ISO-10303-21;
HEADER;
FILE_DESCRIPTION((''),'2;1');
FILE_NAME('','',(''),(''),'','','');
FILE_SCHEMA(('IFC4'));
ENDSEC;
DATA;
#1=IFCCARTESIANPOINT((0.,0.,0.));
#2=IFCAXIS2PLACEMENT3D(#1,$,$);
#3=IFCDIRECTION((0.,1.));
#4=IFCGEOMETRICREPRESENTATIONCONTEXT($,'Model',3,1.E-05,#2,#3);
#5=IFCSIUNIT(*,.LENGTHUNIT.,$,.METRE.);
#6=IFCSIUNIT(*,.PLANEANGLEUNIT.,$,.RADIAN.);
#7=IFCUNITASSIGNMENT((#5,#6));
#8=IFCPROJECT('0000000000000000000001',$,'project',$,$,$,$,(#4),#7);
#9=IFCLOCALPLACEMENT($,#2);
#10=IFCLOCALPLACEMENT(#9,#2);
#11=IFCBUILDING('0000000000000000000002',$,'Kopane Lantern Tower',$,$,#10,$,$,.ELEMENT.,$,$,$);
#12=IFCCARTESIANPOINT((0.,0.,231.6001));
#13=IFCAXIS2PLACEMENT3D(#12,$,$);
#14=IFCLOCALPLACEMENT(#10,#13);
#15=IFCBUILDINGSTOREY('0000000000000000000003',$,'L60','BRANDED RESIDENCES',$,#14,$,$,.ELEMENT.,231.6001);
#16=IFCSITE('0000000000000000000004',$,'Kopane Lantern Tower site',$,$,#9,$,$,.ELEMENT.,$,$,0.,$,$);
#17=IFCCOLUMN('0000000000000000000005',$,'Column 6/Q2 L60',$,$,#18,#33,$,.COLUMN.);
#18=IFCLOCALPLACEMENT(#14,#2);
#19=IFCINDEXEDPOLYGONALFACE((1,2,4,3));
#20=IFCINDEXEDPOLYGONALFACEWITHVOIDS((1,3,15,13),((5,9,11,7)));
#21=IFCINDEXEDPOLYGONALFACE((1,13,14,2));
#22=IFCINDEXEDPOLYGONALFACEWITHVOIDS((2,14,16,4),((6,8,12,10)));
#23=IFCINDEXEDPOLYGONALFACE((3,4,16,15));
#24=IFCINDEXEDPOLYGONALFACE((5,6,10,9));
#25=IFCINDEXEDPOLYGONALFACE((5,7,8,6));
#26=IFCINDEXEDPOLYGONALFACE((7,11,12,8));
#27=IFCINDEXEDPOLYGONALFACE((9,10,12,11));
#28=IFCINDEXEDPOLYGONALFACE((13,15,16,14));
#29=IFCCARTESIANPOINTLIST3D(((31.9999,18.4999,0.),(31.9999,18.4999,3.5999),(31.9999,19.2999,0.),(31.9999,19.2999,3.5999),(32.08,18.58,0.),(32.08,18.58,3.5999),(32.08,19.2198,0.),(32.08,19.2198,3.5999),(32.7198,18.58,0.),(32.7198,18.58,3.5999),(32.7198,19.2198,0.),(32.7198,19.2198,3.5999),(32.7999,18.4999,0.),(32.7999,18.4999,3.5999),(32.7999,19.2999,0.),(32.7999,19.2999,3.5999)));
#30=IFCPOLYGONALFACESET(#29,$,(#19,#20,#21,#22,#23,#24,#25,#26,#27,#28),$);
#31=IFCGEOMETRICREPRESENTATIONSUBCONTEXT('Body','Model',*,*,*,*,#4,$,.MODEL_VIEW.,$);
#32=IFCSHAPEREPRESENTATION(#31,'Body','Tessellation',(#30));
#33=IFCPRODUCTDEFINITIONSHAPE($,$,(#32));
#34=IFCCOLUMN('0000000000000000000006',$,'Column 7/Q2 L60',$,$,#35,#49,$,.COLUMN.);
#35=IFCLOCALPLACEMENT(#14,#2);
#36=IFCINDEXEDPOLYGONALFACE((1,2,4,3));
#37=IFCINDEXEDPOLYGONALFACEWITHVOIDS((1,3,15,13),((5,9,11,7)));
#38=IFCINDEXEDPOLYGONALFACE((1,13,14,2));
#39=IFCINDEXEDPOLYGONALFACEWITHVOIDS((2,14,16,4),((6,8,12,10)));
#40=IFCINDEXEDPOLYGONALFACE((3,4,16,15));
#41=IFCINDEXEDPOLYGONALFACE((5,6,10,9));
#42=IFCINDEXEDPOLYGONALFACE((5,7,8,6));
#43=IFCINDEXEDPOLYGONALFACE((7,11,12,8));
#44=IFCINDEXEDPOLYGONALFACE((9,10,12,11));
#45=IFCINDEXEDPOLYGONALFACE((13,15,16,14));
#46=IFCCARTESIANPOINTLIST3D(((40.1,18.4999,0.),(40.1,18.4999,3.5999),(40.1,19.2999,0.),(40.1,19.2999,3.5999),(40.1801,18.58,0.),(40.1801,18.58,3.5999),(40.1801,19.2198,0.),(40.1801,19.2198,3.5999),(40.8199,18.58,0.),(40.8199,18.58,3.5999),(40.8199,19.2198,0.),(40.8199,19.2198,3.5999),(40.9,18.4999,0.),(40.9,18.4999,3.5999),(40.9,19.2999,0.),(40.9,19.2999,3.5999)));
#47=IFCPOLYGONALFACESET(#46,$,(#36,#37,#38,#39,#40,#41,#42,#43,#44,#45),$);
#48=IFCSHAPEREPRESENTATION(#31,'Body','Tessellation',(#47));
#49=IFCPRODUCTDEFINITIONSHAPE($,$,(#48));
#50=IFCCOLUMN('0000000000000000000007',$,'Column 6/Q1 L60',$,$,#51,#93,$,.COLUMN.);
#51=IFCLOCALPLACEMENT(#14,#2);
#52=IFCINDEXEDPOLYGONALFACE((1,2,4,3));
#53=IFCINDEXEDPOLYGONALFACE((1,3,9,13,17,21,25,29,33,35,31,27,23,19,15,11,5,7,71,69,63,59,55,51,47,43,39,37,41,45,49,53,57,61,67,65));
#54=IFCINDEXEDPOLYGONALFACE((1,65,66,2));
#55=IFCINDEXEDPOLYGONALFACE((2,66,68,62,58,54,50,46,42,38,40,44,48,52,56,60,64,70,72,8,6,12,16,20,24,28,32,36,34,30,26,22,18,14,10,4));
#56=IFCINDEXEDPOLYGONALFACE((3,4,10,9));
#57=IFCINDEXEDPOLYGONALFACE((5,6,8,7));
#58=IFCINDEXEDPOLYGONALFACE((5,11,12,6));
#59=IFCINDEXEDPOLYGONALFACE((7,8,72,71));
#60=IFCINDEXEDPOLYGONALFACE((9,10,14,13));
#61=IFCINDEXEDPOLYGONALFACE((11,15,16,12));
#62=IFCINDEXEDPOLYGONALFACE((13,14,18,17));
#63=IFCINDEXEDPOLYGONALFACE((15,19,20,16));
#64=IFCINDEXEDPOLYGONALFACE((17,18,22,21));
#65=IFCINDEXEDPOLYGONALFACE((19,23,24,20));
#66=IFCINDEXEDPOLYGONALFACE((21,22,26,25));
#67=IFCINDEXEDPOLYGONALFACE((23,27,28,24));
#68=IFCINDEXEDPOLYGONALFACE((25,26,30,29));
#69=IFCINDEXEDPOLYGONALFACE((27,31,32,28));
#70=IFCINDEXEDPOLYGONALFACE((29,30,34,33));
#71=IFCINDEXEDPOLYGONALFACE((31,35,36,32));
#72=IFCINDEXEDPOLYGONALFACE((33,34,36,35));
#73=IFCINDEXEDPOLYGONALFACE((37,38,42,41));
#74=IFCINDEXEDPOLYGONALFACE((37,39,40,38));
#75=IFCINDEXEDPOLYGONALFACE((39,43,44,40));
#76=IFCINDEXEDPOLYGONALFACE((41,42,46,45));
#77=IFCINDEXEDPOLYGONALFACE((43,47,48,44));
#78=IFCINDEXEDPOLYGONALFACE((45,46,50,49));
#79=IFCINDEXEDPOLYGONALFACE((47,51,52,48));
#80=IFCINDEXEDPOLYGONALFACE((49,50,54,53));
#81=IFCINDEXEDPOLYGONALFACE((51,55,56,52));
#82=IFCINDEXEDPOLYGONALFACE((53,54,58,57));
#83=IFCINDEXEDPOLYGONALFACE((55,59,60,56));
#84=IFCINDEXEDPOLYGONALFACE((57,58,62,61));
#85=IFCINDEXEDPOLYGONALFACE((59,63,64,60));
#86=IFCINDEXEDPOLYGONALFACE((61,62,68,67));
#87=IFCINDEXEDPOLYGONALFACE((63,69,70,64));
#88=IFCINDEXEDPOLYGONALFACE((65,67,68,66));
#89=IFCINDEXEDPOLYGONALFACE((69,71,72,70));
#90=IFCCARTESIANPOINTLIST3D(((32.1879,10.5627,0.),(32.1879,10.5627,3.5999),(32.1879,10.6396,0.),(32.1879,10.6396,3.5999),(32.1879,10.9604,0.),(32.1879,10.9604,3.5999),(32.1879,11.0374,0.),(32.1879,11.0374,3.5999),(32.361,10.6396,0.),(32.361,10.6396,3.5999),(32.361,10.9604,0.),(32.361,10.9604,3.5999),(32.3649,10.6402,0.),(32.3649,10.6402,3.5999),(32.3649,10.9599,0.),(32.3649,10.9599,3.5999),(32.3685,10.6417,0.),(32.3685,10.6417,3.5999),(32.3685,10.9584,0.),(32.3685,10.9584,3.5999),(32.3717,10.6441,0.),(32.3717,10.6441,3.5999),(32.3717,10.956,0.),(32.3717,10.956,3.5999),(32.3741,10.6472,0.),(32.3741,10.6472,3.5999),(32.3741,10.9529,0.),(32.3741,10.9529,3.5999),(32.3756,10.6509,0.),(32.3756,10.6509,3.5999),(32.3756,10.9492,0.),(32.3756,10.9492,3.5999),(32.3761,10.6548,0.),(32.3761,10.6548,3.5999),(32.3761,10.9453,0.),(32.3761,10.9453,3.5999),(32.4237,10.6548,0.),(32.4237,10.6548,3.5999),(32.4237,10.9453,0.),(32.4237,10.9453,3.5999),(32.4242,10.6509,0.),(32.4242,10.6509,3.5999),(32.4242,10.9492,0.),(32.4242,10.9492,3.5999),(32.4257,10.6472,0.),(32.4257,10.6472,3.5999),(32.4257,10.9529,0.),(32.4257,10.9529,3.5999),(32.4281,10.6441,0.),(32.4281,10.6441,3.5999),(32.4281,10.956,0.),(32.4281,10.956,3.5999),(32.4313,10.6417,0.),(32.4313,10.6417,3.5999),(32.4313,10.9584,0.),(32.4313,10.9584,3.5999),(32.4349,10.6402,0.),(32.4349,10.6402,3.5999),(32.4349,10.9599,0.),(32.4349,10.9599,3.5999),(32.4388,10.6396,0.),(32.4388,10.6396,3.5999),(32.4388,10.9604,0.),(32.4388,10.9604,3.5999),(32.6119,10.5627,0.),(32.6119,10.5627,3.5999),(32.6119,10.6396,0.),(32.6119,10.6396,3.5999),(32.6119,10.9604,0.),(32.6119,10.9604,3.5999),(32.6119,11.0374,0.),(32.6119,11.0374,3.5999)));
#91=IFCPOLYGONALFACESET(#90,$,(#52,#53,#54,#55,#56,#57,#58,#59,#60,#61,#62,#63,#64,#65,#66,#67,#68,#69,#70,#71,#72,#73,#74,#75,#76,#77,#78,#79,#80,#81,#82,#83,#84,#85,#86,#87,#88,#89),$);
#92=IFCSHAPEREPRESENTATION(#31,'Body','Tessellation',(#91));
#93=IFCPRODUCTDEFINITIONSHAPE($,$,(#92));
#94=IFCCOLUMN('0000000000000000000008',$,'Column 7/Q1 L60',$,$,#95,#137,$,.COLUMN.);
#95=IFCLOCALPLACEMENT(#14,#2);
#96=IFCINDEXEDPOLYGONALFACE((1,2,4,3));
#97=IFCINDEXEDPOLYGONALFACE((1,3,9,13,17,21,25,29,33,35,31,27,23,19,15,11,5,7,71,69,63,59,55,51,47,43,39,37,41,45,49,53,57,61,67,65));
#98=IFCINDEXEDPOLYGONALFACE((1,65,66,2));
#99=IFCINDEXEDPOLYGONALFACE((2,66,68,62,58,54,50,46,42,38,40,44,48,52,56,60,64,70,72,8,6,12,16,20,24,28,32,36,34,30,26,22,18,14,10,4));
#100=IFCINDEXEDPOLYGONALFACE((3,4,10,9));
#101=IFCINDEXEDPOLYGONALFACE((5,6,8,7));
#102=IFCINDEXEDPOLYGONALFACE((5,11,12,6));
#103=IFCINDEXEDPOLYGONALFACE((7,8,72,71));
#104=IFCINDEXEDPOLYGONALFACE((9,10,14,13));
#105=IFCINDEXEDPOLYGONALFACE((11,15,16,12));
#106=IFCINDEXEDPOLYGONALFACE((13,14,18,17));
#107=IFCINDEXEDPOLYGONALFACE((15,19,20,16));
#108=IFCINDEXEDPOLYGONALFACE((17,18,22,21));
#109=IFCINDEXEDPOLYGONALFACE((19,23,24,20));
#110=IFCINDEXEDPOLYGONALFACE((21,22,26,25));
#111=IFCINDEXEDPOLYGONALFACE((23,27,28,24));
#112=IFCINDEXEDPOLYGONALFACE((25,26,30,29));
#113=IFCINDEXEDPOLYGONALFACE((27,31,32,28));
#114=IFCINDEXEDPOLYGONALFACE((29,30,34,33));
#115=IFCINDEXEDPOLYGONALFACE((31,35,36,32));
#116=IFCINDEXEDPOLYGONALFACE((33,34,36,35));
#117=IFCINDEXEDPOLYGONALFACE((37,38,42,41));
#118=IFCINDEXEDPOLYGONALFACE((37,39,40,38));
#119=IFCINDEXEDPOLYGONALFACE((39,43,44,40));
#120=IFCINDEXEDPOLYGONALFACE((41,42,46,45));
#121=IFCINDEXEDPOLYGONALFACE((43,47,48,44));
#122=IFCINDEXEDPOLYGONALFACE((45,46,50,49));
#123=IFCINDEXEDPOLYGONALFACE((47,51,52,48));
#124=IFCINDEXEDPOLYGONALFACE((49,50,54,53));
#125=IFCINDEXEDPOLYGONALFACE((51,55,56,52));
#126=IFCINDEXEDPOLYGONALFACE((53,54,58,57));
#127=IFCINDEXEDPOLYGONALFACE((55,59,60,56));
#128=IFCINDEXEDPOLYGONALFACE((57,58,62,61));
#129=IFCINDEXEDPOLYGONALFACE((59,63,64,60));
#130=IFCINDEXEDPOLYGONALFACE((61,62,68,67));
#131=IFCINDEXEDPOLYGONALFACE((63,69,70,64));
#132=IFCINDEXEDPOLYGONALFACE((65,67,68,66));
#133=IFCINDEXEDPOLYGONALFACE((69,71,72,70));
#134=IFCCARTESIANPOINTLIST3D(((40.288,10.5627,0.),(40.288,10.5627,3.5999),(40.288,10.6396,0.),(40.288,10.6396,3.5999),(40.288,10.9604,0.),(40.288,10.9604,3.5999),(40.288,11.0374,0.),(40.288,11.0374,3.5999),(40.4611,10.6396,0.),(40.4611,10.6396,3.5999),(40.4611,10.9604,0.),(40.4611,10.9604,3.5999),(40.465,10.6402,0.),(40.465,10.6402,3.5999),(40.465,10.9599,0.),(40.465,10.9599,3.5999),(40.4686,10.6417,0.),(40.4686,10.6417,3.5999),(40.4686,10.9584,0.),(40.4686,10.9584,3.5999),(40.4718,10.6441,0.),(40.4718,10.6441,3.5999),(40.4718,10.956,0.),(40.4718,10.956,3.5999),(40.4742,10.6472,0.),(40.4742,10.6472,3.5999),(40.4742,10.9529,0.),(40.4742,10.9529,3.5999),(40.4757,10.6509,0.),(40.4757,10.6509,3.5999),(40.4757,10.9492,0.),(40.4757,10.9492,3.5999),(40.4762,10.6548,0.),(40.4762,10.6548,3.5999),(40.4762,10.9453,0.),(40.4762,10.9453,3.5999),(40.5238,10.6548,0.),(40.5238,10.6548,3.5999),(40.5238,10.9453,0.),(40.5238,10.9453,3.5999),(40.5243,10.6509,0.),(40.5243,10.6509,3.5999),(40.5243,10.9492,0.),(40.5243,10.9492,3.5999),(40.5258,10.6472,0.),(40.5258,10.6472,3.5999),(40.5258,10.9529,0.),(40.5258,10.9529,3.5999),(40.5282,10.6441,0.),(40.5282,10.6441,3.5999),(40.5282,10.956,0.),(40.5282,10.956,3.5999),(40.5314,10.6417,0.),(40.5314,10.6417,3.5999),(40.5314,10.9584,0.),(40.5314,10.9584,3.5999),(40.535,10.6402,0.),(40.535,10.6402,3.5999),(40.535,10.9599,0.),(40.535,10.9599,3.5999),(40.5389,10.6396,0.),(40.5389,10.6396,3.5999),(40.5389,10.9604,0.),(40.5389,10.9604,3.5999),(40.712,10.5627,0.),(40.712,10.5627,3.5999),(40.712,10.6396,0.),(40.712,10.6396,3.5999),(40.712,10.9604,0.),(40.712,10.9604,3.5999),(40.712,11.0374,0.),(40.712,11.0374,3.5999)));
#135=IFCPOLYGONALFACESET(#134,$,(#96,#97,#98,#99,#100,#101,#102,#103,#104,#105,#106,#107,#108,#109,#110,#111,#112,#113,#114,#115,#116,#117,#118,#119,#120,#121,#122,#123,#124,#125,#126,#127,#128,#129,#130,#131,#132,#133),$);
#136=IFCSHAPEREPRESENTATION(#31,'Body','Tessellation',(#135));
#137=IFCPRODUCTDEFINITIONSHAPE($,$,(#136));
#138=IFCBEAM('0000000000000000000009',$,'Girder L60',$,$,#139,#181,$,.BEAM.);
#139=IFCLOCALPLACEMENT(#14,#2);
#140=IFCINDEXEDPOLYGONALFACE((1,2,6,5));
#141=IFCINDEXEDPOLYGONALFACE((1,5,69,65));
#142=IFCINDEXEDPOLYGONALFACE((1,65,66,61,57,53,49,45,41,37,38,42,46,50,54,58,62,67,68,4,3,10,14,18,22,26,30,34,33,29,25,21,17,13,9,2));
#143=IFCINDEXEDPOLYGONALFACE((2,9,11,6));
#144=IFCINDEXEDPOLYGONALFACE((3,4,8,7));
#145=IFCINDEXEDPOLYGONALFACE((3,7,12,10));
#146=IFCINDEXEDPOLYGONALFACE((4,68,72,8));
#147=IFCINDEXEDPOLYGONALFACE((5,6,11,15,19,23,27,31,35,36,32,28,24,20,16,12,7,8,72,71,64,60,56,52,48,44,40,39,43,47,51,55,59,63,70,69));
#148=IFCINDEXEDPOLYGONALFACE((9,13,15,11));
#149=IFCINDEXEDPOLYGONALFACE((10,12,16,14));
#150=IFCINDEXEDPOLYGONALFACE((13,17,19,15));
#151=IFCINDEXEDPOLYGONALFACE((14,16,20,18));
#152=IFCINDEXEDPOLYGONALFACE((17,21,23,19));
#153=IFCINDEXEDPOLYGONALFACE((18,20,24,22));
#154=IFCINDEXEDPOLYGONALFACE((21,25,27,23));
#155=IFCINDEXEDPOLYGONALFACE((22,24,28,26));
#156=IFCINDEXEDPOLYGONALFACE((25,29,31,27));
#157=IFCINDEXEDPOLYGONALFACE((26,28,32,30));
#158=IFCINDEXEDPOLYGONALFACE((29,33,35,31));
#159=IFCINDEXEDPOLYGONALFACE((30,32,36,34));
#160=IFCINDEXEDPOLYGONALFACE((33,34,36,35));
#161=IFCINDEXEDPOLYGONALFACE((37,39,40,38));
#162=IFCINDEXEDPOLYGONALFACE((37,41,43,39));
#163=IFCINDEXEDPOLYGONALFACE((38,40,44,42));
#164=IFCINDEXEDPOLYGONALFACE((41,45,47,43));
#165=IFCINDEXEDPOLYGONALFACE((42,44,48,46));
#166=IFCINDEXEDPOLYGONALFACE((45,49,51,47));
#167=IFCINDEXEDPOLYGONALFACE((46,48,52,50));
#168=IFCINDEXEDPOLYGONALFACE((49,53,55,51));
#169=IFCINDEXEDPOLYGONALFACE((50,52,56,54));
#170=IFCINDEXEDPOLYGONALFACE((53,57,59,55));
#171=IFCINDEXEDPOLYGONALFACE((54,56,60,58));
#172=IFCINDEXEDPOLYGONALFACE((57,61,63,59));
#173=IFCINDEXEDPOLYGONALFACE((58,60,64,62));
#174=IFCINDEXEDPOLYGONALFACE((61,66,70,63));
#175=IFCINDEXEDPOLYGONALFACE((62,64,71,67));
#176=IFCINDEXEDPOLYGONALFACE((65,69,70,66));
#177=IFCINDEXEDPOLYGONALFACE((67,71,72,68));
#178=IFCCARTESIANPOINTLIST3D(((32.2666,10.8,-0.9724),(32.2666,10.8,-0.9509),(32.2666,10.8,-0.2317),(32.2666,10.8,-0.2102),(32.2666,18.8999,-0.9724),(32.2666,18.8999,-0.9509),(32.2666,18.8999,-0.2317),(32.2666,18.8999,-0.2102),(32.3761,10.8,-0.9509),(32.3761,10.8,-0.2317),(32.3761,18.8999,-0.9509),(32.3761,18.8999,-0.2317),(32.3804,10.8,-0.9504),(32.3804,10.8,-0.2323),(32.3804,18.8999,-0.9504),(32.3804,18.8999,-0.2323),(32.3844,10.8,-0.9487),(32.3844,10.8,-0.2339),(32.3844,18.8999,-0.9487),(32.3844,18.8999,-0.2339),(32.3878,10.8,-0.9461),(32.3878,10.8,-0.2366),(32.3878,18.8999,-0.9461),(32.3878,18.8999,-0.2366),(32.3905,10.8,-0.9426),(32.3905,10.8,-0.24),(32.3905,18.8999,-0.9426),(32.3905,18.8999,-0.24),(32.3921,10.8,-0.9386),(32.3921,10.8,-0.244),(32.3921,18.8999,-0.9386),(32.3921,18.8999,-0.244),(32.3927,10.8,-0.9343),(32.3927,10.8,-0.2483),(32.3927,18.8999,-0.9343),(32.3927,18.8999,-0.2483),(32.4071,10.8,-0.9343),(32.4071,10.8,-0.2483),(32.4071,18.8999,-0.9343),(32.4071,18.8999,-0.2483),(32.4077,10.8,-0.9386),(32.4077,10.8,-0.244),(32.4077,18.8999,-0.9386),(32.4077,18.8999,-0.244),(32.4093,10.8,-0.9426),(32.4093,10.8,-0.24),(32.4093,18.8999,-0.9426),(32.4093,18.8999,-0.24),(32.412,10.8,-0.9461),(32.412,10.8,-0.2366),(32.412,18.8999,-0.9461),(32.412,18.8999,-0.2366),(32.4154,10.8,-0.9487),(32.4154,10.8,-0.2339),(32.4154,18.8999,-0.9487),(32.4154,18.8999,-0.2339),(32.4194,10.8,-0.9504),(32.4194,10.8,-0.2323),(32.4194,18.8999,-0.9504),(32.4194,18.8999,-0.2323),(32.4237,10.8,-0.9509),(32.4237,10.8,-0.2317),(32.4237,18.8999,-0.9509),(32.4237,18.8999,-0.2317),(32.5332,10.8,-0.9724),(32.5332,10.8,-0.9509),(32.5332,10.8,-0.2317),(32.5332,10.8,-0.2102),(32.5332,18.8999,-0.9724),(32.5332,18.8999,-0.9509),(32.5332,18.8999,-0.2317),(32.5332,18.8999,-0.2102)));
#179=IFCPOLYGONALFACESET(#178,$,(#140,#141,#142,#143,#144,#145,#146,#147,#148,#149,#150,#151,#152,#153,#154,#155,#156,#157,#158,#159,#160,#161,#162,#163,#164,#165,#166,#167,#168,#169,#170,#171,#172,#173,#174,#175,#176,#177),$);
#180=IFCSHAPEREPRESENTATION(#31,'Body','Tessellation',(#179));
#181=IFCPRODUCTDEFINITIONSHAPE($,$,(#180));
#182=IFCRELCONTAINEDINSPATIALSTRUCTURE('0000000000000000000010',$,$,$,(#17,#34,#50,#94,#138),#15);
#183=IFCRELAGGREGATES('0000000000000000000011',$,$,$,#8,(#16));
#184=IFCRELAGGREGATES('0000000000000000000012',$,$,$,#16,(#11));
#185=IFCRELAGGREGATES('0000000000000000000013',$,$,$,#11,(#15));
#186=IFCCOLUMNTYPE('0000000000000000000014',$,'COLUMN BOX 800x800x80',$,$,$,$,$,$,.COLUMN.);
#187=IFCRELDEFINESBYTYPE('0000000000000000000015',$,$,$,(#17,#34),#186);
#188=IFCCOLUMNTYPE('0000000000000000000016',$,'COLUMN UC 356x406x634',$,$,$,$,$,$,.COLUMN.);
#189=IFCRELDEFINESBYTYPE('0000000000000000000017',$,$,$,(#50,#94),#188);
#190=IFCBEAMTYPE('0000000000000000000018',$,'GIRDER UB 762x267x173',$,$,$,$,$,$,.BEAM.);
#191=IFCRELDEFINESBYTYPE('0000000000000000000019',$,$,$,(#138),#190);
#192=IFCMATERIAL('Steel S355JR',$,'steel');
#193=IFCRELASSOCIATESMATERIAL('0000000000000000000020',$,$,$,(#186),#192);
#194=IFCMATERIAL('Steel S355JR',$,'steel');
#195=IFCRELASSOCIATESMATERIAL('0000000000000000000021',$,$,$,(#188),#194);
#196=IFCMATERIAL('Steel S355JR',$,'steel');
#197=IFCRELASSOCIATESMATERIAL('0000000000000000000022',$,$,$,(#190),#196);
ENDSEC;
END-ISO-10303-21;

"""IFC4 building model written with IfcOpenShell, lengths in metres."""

from ifc_helpers import new_model, si_unit, direction, frame, origin, origin_2d, place, context, subcontext, project, spatial, hollow_rectangle, i_section, extrude, material, material_profile, profile_set, type_object, element, save


model = new_model("IFC4")

# Units and contexts
model_context = context("Model", 3, precision=1e-05, world=origin(), true_north=direction((0.0, 1.0)))
body_context = subcontext(model_context, "Body", "Model", "MODEL_VIEW")
ifc_project = project(units=[si_unit("LENGTHUNIT", "METRE"), si_unit("PLANEANGLEUNIT", "RADIAN")], contexts=[model_context])

# Site, building, storey
site_placement = place(None, origin())
site = spatial("IfcSite", under=ifc_project, at=site_placement, Name="Kopane Lantern Tower site", CompositionType="ELEMENT", RefElevation=0.0)
building_placement = place(site_placement, origin())
building = spatial("IfcBuilding", under=site, at=building_placement, Name="Kopane Lantern Tower", CompositionType="ELEMENT")
storey_placement = place(building_placement, frame((0.0, 0.0, 231.6001)))
storey = spatial("IfcBuildingStorey", under=building, at=storey_placement, Name="L60", Description="BRANDED RESIDENCES", CompositionType="ELEMENT", Elevation=231.6001)

# Columns
ifc_material_1 = material(Name="Steel S355JR", Category="steel")
ifc_material_profile_1 = material_profile(ifc_material_1, hollow_rectangle(XDim=0.8, YDim=0.8, WallThickness=0.0801, at=origin_2d()), Name="BOX 800x800x80")
ifc_profile_set_1 = profile_set([ifc_material_profile_1], Name="Steel S355JR")
column_type_1 = type_object("IfcColumnType", Name="COLUMN BOX 800x800x80", PredefinedType="COLUMN", material=ifc_profile_set_1)
for number, where, z_axis, x_axis, name in (
    (1, (32.3999, 18.8999, 0.0), (0.0, 0.0, 1.0), (1.0, 0.0, 0.0), "Column 6/Q2 L60"),
    (2, (40.5, 18.8999, 0.0), (0.0, 0.0, 1.0), (1.0, 0.0, 0.0), "Column 7/Q2 L60"),
):
    element("IfcColumn", number, at=place(storey_placement, frame(where, z_axis=z_axis, x_axis=x_axis)), inside=storey, type_object=column_type_1, Name=name, PredefinedType="COLUMN", context=body_context, shape_type="SweptSolid", body=[
        extrude(hollow_rectangle(XDim=0.8, YDim=0.8, WallThickness=0.0801, at=origin_2d()), origin(), (0.0, 0.0, 1.0), 3.5999),
    ])
ifc_material_2 = material(Name="Steel S355JR", Category="steel")
ifc_material_profile_2 = material_profile(ifc_material_2, i_section(OverallWidth=0.4241, OverallDepth=0.4746, WebThickness=0.0476, FlangeThickness=0.0769, FilletRadius=0.0151, at=origin_2d()), Name="UC 356x406x634")
ifc_profile_set_2 = profile_set([ifc_material_profile_2], Name="Steel S355JR")
column_type_2 = type_object("IfcColumnType", Name="COLUMN UC 356x406x634", PredefinedType="COLUMN", material=ifc_profile_set_2)
for number, where, z_axis, x_axis, name in (
    (3, (32.3999, 10.8, 0.0), (0.0, 0.0, 1.0), (1.0, 0.0, 0.0), "Column 6/Q1 L60"),
    (4, (40.5, 10.8, 0.0), (0.0, 0.0, 1.0), (1.0, 0.0, 0.0), "Column 7/Q1 L60"),
):
    element("IfcColumn", number, at=place(storey_placement, frame(where, z_axis=z_axis, x_axis=x_axis)), inside=storey, type_object=column_type_2, Name=name, PredefinedType="COLUMN", context=body_context, shape_type="SweptSolid", body=[
        extrude(i_section(OverallWidth=0.4241, OverallDepth=0.4746, WebThickness=0.0476, FlangeThickness=0.0769, FilletRadius=0.0151, at=origin_2d()), origin(), (0.0, 0.0, 1.0), 3.5999),
    ])

# Beam
ifc_material_3 = material(Name="Steel S355JR", Category="steel")
ifc_material_profile_3 = material_profile(ifc_material_3, i_section(OverallWidth=0.2666, OverallDepth=0.7622, WebThickness=0.0144, FlangeThickness=0.0215, FilletRadius=0.0166, at=origin_2d()), Name="UB 762x267x173")
ifc_profile_set_3 = profile_set([ifc_material_profile_3], Name="Steel S355JR")
beam_type = type_object("IfcBeamType", Name="GIRDER UB 762x267x173", PredefinedType="BEAM", material=ifc_profile_set_3)
beam_1_placement = place(storey_placement, frame((32.3999, 10.8, -0.5913), z_axis=(0.0, 1.0, 0.0), x_axis=(-1.0, 0.0, 0.0)))
element("IfcBeam", 5, at=beam_1_placement, inside=storey, type_object=beam_type, Name="Girder L60", PredefinedType="BEAM", context=body_context, shape_type="SweptSolid", body=[
    extrude(i_section(OverallWidth=0.2666, OverallDepth=0.7622, WebThickness=0.0144, FlangeThickness=0.0215, FilletRadius=0.0166, at=origin_2d()), origin(), (0.0, 0.0, 1.0), 8.0999),
])

save(model, "model.ifc")
